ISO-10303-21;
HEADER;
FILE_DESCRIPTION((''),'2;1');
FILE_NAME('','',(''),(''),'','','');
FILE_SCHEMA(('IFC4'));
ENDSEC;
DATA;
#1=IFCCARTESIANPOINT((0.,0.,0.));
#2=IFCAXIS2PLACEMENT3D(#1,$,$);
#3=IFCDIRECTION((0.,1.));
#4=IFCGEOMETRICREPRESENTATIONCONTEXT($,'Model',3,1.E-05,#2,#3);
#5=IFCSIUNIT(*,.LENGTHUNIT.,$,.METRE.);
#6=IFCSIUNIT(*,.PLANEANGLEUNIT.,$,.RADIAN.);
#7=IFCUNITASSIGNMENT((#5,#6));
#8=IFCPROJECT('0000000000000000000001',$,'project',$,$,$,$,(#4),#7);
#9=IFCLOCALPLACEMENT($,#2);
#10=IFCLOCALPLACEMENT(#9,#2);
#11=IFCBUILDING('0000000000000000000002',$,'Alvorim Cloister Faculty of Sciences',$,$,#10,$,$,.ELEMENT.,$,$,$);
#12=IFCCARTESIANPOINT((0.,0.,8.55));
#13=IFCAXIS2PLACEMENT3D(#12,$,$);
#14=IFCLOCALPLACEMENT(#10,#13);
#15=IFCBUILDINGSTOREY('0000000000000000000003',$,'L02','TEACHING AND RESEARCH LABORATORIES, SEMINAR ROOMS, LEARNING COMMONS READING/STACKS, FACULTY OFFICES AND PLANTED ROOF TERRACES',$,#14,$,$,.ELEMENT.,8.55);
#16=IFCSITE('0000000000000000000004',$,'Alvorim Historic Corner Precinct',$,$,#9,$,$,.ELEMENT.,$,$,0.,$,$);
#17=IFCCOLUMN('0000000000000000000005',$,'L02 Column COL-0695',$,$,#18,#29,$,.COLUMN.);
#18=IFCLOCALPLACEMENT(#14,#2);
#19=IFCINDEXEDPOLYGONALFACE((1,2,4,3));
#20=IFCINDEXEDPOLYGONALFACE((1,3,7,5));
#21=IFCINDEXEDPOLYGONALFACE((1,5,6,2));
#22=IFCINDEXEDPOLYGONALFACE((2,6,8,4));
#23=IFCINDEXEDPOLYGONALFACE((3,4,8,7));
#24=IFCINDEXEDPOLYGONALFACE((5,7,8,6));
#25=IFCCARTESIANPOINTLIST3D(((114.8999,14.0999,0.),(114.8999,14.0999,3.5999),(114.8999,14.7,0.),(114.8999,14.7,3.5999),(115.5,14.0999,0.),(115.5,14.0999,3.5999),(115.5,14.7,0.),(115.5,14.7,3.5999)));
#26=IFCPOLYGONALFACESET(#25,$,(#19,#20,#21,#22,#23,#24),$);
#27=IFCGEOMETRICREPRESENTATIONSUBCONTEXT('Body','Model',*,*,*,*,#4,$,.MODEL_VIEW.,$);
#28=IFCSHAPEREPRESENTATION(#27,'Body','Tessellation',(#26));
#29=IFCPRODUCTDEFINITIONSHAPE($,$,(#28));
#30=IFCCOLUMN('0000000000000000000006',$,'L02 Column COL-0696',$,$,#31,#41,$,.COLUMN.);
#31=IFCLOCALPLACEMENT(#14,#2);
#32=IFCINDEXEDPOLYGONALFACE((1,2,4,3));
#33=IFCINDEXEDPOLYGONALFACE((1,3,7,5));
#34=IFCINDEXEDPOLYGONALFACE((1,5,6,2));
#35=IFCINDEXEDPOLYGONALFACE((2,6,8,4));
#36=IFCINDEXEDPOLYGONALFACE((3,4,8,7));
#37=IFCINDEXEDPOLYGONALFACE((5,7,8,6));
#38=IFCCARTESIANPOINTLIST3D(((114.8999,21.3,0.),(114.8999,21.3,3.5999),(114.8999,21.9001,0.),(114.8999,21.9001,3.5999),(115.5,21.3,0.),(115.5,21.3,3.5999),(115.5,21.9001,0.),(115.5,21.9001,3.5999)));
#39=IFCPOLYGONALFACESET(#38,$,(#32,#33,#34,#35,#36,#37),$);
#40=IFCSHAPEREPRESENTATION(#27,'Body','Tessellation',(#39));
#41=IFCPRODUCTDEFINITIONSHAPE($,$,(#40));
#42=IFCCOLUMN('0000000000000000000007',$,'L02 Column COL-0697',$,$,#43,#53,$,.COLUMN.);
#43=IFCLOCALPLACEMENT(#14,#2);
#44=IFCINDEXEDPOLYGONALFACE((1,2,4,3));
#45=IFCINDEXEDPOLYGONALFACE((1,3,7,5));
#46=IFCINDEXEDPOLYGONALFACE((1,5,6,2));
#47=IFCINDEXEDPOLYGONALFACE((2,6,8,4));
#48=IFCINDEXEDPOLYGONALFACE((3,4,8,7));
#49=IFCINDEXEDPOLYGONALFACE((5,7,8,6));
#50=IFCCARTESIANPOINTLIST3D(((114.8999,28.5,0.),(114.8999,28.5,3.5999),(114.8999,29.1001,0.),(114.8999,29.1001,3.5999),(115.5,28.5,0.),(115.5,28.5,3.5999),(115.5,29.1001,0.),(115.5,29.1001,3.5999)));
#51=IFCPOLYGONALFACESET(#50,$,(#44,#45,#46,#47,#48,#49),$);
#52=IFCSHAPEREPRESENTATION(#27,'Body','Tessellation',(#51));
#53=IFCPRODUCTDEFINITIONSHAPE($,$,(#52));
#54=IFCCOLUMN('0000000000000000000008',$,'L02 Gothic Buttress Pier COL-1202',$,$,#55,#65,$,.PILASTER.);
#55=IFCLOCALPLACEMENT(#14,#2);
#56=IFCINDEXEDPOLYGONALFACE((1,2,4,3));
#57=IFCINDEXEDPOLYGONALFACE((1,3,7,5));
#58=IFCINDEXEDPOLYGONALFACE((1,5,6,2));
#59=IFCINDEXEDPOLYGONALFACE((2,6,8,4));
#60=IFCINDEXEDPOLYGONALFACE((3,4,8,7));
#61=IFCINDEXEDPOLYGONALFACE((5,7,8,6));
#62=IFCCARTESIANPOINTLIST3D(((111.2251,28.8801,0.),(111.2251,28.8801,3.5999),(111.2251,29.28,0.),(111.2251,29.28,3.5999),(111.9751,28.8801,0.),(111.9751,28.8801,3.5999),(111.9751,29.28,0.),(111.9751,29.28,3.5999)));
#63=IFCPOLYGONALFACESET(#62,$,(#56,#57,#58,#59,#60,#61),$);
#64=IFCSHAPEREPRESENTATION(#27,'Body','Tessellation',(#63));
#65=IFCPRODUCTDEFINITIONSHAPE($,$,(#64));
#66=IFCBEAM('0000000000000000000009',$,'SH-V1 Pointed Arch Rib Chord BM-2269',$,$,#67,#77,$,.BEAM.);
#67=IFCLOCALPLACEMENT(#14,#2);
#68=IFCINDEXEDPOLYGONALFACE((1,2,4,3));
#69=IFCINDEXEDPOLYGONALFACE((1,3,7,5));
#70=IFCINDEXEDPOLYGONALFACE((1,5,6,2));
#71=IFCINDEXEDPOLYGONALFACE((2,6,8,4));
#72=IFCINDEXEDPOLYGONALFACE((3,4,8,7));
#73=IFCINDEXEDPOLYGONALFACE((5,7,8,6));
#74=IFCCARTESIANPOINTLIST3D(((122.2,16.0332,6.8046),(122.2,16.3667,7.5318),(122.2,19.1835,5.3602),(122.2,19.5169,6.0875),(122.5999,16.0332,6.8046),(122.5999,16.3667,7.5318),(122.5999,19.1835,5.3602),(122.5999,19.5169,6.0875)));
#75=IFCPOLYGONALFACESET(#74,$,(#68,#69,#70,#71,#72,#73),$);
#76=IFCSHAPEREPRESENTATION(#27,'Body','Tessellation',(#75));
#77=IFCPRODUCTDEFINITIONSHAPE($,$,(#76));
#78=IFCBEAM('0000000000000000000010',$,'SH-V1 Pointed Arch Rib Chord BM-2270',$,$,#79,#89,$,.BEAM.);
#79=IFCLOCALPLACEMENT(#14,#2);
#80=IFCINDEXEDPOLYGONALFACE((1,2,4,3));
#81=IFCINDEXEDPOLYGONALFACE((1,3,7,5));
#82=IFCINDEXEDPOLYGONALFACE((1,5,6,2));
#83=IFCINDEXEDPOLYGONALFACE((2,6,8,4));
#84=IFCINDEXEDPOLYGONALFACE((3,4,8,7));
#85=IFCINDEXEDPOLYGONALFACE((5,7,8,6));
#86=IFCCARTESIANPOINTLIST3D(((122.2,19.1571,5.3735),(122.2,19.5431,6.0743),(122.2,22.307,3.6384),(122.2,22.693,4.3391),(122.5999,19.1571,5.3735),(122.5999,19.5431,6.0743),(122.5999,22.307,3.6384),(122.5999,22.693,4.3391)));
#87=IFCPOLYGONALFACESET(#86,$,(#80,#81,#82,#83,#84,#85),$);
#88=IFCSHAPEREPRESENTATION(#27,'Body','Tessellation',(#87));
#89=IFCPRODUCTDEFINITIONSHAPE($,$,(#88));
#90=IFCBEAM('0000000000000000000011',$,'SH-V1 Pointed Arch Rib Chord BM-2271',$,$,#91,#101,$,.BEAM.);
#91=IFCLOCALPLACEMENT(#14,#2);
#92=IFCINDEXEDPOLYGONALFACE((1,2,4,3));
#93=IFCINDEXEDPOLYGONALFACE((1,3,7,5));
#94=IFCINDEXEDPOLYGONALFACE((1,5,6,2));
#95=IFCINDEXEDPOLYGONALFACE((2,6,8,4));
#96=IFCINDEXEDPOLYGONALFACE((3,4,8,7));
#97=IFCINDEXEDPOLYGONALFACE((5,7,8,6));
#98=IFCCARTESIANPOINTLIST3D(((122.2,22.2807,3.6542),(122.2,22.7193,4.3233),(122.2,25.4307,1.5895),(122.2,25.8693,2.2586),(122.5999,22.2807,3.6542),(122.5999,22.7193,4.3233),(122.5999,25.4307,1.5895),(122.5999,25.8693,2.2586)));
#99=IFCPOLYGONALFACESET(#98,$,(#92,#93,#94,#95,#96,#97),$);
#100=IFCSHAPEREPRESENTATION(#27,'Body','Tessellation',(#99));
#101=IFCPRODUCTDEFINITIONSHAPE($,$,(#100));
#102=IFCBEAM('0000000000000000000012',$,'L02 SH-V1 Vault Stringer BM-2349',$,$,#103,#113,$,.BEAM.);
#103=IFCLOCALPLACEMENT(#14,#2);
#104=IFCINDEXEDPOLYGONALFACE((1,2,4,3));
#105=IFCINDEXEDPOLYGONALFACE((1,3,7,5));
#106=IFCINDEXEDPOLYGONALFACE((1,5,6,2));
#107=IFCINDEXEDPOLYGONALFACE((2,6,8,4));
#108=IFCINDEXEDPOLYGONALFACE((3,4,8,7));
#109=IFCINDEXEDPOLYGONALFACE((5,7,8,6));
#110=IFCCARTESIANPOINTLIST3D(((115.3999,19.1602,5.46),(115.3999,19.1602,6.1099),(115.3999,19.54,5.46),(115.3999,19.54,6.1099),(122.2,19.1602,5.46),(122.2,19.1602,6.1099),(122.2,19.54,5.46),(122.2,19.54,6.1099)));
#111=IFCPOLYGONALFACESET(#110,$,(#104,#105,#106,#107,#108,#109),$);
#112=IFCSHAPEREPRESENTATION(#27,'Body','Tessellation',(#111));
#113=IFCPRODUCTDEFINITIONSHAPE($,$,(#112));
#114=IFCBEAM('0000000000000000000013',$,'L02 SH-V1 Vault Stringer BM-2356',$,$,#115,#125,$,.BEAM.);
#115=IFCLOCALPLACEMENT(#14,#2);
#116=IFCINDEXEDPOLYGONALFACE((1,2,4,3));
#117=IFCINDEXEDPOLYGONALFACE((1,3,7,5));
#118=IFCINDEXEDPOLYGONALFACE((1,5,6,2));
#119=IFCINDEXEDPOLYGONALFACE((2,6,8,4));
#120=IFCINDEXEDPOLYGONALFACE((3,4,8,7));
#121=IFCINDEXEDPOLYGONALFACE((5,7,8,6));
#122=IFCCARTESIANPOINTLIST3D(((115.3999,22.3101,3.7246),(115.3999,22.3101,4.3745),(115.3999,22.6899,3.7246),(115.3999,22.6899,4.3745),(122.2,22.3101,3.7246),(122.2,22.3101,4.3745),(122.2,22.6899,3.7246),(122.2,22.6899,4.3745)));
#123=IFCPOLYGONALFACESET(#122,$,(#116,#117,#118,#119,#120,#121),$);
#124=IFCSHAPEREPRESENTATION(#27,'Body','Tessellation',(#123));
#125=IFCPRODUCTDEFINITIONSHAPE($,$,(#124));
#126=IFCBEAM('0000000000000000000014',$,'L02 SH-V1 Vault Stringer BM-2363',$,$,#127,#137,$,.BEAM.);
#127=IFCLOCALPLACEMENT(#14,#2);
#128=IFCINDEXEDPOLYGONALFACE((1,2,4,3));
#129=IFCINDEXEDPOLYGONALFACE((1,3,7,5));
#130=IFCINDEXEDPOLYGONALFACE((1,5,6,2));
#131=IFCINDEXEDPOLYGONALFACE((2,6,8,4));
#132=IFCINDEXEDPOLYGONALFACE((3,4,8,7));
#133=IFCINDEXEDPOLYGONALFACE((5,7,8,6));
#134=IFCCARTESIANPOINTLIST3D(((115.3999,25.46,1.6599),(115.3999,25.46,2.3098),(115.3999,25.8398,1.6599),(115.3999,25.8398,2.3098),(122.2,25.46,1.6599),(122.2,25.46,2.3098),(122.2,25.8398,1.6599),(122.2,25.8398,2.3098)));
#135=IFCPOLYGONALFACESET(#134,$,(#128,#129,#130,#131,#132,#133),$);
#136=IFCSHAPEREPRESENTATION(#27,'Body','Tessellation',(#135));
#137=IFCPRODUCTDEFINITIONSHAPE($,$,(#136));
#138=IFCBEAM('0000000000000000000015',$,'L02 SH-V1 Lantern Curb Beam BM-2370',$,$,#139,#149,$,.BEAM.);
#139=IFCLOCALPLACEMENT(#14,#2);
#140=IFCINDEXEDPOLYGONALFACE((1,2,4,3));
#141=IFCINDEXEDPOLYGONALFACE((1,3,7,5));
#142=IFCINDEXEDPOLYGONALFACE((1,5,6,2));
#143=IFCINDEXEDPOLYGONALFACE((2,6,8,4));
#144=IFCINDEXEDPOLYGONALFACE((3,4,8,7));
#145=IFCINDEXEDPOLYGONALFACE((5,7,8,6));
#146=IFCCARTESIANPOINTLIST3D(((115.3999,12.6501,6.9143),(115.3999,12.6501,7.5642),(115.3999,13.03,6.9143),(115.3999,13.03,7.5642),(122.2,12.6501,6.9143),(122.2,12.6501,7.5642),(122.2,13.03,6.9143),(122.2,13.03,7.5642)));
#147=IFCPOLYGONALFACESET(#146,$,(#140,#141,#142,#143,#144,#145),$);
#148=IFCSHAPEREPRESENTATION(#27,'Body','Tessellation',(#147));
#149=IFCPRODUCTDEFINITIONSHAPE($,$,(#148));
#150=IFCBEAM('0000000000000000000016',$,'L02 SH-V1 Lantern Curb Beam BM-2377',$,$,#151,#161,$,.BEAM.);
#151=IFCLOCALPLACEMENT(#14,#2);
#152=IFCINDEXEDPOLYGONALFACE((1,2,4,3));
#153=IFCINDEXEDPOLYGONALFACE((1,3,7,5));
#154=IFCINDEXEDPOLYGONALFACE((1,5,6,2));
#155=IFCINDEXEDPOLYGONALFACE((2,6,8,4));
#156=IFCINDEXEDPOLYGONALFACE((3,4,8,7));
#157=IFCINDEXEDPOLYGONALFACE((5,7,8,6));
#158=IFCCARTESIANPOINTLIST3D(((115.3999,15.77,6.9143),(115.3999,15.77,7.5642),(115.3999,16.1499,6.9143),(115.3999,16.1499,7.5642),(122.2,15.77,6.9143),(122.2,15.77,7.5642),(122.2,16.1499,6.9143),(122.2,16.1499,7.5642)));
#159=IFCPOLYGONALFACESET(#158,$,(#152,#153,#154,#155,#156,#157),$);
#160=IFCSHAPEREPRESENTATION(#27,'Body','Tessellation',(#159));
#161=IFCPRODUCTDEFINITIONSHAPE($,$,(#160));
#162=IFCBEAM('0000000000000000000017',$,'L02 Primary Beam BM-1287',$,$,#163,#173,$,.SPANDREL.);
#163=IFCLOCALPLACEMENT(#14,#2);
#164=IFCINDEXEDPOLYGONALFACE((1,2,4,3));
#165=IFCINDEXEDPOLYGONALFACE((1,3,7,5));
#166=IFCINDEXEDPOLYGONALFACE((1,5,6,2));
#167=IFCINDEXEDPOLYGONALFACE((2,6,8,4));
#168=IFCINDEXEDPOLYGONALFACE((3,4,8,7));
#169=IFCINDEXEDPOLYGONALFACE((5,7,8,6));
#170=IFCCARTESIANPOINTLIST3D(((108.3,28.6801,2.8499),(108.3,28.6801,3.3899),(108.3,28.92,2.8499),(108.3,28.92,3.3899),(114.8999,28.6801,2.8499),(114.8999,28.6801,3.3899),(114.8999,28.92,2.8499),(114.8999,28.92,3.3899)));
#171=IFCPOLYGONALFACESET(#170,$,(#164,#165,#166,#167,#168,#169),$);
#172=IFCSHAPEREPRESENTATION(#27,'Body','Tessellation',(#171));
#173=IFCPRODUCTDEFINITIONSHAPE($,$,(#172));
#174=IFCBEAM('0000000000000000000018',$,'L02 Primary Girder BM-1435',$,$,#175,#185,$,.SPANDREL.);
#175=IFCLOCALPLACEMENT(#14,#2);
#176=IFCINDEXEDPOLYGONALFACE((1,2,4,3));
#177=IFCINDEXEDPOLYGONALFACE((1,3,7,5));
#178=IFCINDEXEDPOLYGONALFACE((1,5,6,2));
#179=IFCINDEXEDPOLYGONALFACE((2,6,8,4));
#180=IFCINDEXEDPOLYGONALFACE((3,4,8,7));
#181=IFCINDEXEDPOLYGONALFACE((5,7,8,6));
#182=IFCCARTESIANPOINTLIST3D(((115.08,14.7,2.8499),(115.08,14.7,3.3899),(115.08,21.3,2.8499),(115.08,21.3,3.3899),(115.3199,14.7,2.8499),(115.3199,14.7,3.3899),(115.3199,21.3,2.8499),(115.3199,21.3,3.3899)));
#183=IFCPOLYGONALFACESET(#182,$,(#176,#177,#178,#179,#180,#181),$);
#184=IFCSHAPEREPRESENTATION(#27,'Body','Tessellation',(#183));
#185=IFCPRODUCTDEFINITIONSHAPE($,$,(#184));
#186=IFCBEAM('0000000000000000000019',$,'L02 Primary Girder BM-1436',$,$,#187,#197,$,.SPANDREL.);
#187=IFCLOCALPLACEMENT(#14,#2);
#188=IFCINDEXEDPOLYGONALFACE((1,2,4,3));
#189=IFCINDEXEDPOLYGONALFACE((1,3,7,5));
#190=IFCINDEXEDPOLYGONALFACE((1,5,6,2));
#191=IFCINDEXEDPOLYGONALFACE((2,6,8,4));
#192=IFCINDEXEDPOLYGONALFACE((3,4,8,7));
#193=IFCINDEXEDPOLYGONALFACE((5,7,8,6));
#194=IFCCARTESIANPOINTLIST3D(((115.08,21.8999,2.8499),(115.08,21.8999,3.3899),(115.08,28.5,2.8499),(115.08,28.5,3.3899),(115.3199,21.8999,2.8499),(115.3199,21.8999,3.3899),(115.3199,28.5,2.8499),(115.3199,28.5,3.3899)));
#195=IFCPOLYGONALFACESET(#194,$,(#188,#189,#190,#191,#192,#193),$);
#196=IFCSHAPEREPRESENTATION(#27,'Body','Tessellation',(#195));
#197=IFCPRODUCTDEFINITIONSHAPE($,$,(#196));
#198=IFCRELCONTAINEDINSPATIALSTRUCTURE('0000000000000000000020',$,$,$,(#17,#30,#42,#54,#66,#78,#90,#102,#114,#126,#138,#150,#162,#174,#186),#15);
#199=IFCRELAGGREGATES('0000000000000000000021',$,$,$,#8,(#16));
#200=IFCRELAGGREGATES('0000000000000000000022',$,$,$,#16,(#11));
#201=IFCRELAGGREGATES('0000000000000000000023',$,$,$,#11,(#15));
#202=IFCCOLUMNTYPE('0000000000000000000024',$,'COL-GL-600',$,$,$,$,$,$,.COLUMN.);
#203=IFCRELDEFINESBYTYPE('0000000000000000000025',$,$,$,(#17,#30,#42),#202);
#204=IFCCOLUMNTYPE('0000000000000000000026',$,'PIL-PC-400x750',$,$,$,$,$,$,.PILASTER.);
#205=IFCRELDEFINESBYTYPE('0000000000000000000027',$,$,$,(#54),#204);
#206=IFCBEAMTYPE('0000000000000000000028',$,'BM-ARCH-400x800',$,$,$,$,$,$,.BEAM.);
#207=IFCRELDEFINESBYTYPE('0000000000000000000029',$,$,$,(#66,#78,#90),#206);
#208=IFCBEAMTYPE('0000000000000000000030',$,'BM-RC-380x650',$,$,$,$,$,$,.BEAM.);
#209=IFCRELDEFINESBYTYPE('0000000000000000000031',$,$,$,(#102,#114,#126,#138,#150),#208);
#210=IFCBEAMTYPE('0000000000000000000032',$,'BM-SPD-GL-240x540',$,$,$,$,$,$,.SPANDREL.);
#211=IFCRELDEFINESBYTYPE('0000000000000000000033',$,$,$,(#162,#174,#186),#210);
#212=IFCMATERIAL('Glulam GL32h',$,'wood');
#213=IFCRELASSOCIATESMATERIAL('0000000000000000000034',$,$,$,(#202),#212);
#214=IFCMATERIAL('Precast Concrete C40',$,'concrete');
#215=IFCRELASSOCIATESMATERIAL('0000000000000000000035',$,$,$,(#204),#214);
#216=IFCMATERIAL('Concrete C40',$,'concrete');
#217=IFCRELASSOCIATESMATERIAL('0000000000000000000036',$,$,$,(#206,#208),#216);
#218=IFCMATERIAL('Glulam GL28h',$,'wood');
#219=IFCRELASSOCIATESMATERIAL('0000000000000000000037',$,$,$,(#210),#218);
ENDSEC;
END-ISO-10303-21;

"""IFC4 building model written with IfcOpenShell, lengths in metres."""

from ifc_helpers import new_model, si_unit, direction, frame, origin, origin_2d, place, context, subcontext, project, spatial, rectangle, extrude, material, material_profile, profile_set, type_object, element, save


model = new_model("IFC4")

# Units and contexts
model_context = context("Model", 3, precision=1e-05, world=origin(), true_north=direction((0.0, 1.0)))
body_context = subcontext(model_context, "Body", "Model", "MODEL_VIEW")
ifc_project = project(units=[si_unit("LENGTHUNIT", "METRE"), si_unit("PLANEANGLEUNIT", "RADIAN")], contexts=[model_context])

# Site, building, storey
site_placement = place(None, origin())
site = spatial("IfcSite", under=ifc_project, at=site_placement, Name="Alvorim Historic Corner Precinct", CompositionType="ELEMENT", RefElevation=0.0)
building_placement = place(site_placement, origin())
building = spatial("IfcBuilding", under=site, at=building_placement, Name="Alvorim Cloister Faculty of Sciences", CompositionType="ELEMENT")
storey_placement = place(building_placement, frame((0.0, 0.0, 8.55)))
storey = spatial("IfcBuildingStorey", under=building, at=storey_placement, Name="L02", Description="TEACHING AND RESEARCH LABORATORIES, SEMINAR ROOMS, LEARNING COMMONS READING/STACKS, FACULTY OFFICES AND PLANTED ROOF TERRACES", CompositionType="ELEMENT", Elevation=8.55)

# Columns
ifc_material_1 = material(Name="Glulam GL32h", Category="wood")
ifc_material_profile_1 = material_profile(ifc_material_1, rectangle(XDim=0.6001, YDim=0.6001, at=origin_2d()), Name="GL32-COL-600x600")
ifc_profile_set_1 = profile_set([ifc_material_profile_1], Name="Glulam GL32h")
column_type_1 = type_object("IfcColumnType", Name="COL-GL-600", PredefinedType="COLUMN", material=ifc_profile_set_1)
for number, where, z_axis, x_axis, name in (
    (1, (115.2, 14.3999, 0.0), (0.0, 0.0, 1.0), (1.0, 0.0, 0.0), "L02 Column COL-0695"),
    (2, (115.2, 21.6001, 0.0), (0.0, 0.0, 1.0), (1.0, 0.0, 0.0), "L02 Column COL-0696"),
    (3, (115.2, 28.8, 0.0), (0.0, 0.0, 1.0), (1.0, 0.0, 0.0), "L02 Column COL-0697"),
):
    element("IfcColumn", number, at=place(storey_placement, frame(where, z_axis=z_axis, x_axis=x_axis)), inside=storey, type_object=column_type_1, Name=name, PredefinedType="COLUMN", context=body_context, shape_type="SweptSolid", body=[
        extrude(rectangle(XDim=0.6001, YDim=0.6001, at=origin_2d()), origin(), (0.0, 0.0, 1.0), 3.5999),
    ])
ifc_material_2 = material(Name="Precast Concrete C40", Category="concrete")
ifc_material_profile_2 = material_profile(ifc_material_2, rectangle(XDim=0.3999, YDim=0.75, at=origin_2d()), Name="RC40-PIL-400x750")
ifc_profile_set_2 = profile_set([ifc_material_profile_2], Name="Precast Concrete C40")
column_type_2 = type_object("IfcColumnType", Name="PIL-PC-400x750", PredefinedType="PILASTER", material=ifc_profile_set_2)
column_placement = place(storey_placement, frame((111.6001, 29.0801, 0.0), z_axis=(0.0, 0.0, 1.0), x_axis=(0.0, 1.0, 0.0)))
element("IfcColumn", 4, at=column_placement, inside=storey, type_object=column_type_2, Name="L02 Gothic Buttress Pier COL-1202", PredefinedType="PILASTER", context=body_context, shape_type="SweptSolid", body=[
    extrude(rectangle(XDim=0.3999, YDim=0.75, at=origin_2d()), origin(), (0.0, 0.0, 1.0), 3.5999),
])

# Beams
ifc_material_3 = material(Name="Concrete C40", Category="concrete")
ifc_material_profile_3 = material_profile(ifc_material_3, rectangle(XDim=0.3999, YDim=0.8, at=origin_2d()), Name="RC40-ARCH-400x800")
ifc_profile_set_3 = profile_set([ifc_material_profile_3], Name="Concrete C40")
beam_type_1 = type_object("IfcBeamType", Name="BM-ARCH-400x800", PredefinedType="BEAM", material=ifc_profile_set_3)
beam_1_placement = place(storey_placement, frame((122.3999, 16.2, 7.1682), z_axis=(0.0, 0.909008, -0.416778), x_axis=(-1.0, 0.0, 0.0)))
element("IfcBeam", 5, at=beam_1_placement, inside=storey, type_object=beam_type_1, Name="SH-V1 Pointed Arch Rib Chord BM-2269", PredefinedType="BEAM", context=body_context, shape_type="SweptSolid", body=[
    extrude(rectangle(XDim=0.3999, YDim=0.8, at=origin_2d()), origin(), (0.0, 0.0, 1.0), 3.4656),
])
beam_2_placement = place(storey_placement, frame((122.3999, 19.3501, 5.7239), z_axis=(0.0, 0.875903, -0.482487), x_axis=(-1.0, 0.0, 0.0)))
element("IfcBeam", 6, at=beam_2_placement, inside=storey, type_object=beam_type_1, Name="SH-V1 Pointed Arch Rib Chord BM-2270", PredefinedType="BEAM", context=body_context, shape_type="SweptSolid", body=[
    extrude(rectangle(XDim=0.3999, YDim=0.8, at=origin_2d()), origin(), (0.0, 0.0, 1.0), 3.5962),
])
beam_3_placement = place(storey_placement, frame((122.3999, 22.5, 3.9888), z_axis=(0.0, 0.836343, -0.548206), x_axis=(-1.0, 0.0, 0.0)))
element("IfcBeam", 7, at=beam_3_placement, inside=storey, type_object=beam_type_1, Name="SH-V1 Pointed Arch Rib Chord BM-2271", PredefinedType="BEAM", context=body_context, shape_type="SweptSolid", body=[
    extrude(rectangle(XDim=0.3999, YDim=0.8, at=origin_2d()), origin(), (0.0, 0.0, 1.0), 3.7664),
])
ifc_material_profile_4 = material_profile(ifc_material_3, rectangle(XDim=0.3799, YDim=0.6499, at=origin_2d()), Name="RC40-BM-380x650")
ifc_profile_set_4 = profile_set([ifc_material_profile_4], Name="Concrete C40")
beam_type_2 = type_object("IfcBeamType", Name="BM-RC-380x650", PredefinedType="BEAM", material=ifc_profile_set_4)
for number, where, z_axis, x_axis, name in (
    (8, (115.3999, 19.3501, 5.7849), (1.0, 0.0, 0.0), (0.0, 1.0, 0.0), "L02 SH-V1 Vault Stringer BM-2349"),
    (9, (115.3999, 22.5, 4.0496), (1.0, 0.0, 0.0), (0.0, 1.0, 0.0), "L02 SH-V1 Vault Stringer BM-2356"),
    (10, (115.3999, 25.6499, 1.9849), (1.0, 0.0, 0.0), (0.0, 1.0, 0.0), "L02 SH-V1 Vault Stringer BM-2363"),
    (11, (115.3999, 12.8401, 7.2393), (1.0, 0.0, 0.0), (0.0, 1.0, 0.0), "L02 SH-V1 Lantern Curb Beam BM-2370"),
    (12, (115.3999, 15.96, 7.2393), (1.0, 0.0, 0.0), (0.0, 1.0, 0.0), "L02 SH-V1 Lantern Curb Beam BM-2377"),
):
    element("IfcBeam", number, at=place(storey_placement, frame(where, z_axis=z_axis, x_axis=x_axis)), inside=storey, type_object=beam_type_2, Name=name, PredefinedType="BEAM", context=body_context, shape_type="SweptSolid", body=[
        extrude(rectangle(XDim=0.3799, YDim=0.6499, at=origin_2d()), origin(), (0.0, 0.0, 1.0), 6.8),
    ])
ifc_material_4 = material(Name="Glulam GL28h", Category="wood")
ifc_material_profile_5 = material_profile(ifc_material_4, rectangle(XDim=0.24, YDim=0.54, at=origin_2d()), Name="GL28-SPD-240x540")
ifc_profile_set_5 = profile_set([ifc_material_profile_5], Name="Glulam GL28h")
beam_type_3 = type_object("IfcBeamType", Name="BM-SPD-GL-240x540", PredefinedType="SPANDREL", material=ifc_profile_set_5)
beam_4_placement = place(storey_placement, frame((108.3, 28.8, 3.1199), z_axis=(1.0, 0.0, 0.0), x_axis=(0.0, 1.0, 0.0)))
element("IfcBeam", 13, at=beam_4_placement, inside=storey, type_object=beam_type_3, Name="L02 Primary Beam BM-1287", PredefinedType="SPANDREL", context=body_context, shape_type="SweptSolid", body=[
    extrude(rectangle(XDim=0.24, YDim=0.54, at=origin_2d()), origin(), (0.0, 0.0, 1.0), 6.5999),
])
for number, where, z_axis, x_axis, name in (
    (14, (115.2, 14.7, 3.1199), (0.0, 1.0, 0.0), (-1.0, 0.0, 0.0), "L02 Primary Girder BM-1435"),
    (15, (115.2, 21.8999, 3.1199), (0.0, 1.0, 0.0), (-1.0, 0.0, 0.0), "L02 Primary Girder BM-1436"),
):
    element("IfcBeam", number, at=place(storey_placement, frame(where, z_axis=z_axis, x_axis=x_axis)), inside=storey, type_object=beam_type_3, Name=name, PredefinedType="SPANDREL", context=body_context, shape_type="SweptSolid", body=[
        extrude(rectangle(XDim=0.24, YDim=0.54, at=origin_2d()), origin(), (0.0, 0.0, 1.0), 6.6001),
    ])

save(model, "model.ifc")
